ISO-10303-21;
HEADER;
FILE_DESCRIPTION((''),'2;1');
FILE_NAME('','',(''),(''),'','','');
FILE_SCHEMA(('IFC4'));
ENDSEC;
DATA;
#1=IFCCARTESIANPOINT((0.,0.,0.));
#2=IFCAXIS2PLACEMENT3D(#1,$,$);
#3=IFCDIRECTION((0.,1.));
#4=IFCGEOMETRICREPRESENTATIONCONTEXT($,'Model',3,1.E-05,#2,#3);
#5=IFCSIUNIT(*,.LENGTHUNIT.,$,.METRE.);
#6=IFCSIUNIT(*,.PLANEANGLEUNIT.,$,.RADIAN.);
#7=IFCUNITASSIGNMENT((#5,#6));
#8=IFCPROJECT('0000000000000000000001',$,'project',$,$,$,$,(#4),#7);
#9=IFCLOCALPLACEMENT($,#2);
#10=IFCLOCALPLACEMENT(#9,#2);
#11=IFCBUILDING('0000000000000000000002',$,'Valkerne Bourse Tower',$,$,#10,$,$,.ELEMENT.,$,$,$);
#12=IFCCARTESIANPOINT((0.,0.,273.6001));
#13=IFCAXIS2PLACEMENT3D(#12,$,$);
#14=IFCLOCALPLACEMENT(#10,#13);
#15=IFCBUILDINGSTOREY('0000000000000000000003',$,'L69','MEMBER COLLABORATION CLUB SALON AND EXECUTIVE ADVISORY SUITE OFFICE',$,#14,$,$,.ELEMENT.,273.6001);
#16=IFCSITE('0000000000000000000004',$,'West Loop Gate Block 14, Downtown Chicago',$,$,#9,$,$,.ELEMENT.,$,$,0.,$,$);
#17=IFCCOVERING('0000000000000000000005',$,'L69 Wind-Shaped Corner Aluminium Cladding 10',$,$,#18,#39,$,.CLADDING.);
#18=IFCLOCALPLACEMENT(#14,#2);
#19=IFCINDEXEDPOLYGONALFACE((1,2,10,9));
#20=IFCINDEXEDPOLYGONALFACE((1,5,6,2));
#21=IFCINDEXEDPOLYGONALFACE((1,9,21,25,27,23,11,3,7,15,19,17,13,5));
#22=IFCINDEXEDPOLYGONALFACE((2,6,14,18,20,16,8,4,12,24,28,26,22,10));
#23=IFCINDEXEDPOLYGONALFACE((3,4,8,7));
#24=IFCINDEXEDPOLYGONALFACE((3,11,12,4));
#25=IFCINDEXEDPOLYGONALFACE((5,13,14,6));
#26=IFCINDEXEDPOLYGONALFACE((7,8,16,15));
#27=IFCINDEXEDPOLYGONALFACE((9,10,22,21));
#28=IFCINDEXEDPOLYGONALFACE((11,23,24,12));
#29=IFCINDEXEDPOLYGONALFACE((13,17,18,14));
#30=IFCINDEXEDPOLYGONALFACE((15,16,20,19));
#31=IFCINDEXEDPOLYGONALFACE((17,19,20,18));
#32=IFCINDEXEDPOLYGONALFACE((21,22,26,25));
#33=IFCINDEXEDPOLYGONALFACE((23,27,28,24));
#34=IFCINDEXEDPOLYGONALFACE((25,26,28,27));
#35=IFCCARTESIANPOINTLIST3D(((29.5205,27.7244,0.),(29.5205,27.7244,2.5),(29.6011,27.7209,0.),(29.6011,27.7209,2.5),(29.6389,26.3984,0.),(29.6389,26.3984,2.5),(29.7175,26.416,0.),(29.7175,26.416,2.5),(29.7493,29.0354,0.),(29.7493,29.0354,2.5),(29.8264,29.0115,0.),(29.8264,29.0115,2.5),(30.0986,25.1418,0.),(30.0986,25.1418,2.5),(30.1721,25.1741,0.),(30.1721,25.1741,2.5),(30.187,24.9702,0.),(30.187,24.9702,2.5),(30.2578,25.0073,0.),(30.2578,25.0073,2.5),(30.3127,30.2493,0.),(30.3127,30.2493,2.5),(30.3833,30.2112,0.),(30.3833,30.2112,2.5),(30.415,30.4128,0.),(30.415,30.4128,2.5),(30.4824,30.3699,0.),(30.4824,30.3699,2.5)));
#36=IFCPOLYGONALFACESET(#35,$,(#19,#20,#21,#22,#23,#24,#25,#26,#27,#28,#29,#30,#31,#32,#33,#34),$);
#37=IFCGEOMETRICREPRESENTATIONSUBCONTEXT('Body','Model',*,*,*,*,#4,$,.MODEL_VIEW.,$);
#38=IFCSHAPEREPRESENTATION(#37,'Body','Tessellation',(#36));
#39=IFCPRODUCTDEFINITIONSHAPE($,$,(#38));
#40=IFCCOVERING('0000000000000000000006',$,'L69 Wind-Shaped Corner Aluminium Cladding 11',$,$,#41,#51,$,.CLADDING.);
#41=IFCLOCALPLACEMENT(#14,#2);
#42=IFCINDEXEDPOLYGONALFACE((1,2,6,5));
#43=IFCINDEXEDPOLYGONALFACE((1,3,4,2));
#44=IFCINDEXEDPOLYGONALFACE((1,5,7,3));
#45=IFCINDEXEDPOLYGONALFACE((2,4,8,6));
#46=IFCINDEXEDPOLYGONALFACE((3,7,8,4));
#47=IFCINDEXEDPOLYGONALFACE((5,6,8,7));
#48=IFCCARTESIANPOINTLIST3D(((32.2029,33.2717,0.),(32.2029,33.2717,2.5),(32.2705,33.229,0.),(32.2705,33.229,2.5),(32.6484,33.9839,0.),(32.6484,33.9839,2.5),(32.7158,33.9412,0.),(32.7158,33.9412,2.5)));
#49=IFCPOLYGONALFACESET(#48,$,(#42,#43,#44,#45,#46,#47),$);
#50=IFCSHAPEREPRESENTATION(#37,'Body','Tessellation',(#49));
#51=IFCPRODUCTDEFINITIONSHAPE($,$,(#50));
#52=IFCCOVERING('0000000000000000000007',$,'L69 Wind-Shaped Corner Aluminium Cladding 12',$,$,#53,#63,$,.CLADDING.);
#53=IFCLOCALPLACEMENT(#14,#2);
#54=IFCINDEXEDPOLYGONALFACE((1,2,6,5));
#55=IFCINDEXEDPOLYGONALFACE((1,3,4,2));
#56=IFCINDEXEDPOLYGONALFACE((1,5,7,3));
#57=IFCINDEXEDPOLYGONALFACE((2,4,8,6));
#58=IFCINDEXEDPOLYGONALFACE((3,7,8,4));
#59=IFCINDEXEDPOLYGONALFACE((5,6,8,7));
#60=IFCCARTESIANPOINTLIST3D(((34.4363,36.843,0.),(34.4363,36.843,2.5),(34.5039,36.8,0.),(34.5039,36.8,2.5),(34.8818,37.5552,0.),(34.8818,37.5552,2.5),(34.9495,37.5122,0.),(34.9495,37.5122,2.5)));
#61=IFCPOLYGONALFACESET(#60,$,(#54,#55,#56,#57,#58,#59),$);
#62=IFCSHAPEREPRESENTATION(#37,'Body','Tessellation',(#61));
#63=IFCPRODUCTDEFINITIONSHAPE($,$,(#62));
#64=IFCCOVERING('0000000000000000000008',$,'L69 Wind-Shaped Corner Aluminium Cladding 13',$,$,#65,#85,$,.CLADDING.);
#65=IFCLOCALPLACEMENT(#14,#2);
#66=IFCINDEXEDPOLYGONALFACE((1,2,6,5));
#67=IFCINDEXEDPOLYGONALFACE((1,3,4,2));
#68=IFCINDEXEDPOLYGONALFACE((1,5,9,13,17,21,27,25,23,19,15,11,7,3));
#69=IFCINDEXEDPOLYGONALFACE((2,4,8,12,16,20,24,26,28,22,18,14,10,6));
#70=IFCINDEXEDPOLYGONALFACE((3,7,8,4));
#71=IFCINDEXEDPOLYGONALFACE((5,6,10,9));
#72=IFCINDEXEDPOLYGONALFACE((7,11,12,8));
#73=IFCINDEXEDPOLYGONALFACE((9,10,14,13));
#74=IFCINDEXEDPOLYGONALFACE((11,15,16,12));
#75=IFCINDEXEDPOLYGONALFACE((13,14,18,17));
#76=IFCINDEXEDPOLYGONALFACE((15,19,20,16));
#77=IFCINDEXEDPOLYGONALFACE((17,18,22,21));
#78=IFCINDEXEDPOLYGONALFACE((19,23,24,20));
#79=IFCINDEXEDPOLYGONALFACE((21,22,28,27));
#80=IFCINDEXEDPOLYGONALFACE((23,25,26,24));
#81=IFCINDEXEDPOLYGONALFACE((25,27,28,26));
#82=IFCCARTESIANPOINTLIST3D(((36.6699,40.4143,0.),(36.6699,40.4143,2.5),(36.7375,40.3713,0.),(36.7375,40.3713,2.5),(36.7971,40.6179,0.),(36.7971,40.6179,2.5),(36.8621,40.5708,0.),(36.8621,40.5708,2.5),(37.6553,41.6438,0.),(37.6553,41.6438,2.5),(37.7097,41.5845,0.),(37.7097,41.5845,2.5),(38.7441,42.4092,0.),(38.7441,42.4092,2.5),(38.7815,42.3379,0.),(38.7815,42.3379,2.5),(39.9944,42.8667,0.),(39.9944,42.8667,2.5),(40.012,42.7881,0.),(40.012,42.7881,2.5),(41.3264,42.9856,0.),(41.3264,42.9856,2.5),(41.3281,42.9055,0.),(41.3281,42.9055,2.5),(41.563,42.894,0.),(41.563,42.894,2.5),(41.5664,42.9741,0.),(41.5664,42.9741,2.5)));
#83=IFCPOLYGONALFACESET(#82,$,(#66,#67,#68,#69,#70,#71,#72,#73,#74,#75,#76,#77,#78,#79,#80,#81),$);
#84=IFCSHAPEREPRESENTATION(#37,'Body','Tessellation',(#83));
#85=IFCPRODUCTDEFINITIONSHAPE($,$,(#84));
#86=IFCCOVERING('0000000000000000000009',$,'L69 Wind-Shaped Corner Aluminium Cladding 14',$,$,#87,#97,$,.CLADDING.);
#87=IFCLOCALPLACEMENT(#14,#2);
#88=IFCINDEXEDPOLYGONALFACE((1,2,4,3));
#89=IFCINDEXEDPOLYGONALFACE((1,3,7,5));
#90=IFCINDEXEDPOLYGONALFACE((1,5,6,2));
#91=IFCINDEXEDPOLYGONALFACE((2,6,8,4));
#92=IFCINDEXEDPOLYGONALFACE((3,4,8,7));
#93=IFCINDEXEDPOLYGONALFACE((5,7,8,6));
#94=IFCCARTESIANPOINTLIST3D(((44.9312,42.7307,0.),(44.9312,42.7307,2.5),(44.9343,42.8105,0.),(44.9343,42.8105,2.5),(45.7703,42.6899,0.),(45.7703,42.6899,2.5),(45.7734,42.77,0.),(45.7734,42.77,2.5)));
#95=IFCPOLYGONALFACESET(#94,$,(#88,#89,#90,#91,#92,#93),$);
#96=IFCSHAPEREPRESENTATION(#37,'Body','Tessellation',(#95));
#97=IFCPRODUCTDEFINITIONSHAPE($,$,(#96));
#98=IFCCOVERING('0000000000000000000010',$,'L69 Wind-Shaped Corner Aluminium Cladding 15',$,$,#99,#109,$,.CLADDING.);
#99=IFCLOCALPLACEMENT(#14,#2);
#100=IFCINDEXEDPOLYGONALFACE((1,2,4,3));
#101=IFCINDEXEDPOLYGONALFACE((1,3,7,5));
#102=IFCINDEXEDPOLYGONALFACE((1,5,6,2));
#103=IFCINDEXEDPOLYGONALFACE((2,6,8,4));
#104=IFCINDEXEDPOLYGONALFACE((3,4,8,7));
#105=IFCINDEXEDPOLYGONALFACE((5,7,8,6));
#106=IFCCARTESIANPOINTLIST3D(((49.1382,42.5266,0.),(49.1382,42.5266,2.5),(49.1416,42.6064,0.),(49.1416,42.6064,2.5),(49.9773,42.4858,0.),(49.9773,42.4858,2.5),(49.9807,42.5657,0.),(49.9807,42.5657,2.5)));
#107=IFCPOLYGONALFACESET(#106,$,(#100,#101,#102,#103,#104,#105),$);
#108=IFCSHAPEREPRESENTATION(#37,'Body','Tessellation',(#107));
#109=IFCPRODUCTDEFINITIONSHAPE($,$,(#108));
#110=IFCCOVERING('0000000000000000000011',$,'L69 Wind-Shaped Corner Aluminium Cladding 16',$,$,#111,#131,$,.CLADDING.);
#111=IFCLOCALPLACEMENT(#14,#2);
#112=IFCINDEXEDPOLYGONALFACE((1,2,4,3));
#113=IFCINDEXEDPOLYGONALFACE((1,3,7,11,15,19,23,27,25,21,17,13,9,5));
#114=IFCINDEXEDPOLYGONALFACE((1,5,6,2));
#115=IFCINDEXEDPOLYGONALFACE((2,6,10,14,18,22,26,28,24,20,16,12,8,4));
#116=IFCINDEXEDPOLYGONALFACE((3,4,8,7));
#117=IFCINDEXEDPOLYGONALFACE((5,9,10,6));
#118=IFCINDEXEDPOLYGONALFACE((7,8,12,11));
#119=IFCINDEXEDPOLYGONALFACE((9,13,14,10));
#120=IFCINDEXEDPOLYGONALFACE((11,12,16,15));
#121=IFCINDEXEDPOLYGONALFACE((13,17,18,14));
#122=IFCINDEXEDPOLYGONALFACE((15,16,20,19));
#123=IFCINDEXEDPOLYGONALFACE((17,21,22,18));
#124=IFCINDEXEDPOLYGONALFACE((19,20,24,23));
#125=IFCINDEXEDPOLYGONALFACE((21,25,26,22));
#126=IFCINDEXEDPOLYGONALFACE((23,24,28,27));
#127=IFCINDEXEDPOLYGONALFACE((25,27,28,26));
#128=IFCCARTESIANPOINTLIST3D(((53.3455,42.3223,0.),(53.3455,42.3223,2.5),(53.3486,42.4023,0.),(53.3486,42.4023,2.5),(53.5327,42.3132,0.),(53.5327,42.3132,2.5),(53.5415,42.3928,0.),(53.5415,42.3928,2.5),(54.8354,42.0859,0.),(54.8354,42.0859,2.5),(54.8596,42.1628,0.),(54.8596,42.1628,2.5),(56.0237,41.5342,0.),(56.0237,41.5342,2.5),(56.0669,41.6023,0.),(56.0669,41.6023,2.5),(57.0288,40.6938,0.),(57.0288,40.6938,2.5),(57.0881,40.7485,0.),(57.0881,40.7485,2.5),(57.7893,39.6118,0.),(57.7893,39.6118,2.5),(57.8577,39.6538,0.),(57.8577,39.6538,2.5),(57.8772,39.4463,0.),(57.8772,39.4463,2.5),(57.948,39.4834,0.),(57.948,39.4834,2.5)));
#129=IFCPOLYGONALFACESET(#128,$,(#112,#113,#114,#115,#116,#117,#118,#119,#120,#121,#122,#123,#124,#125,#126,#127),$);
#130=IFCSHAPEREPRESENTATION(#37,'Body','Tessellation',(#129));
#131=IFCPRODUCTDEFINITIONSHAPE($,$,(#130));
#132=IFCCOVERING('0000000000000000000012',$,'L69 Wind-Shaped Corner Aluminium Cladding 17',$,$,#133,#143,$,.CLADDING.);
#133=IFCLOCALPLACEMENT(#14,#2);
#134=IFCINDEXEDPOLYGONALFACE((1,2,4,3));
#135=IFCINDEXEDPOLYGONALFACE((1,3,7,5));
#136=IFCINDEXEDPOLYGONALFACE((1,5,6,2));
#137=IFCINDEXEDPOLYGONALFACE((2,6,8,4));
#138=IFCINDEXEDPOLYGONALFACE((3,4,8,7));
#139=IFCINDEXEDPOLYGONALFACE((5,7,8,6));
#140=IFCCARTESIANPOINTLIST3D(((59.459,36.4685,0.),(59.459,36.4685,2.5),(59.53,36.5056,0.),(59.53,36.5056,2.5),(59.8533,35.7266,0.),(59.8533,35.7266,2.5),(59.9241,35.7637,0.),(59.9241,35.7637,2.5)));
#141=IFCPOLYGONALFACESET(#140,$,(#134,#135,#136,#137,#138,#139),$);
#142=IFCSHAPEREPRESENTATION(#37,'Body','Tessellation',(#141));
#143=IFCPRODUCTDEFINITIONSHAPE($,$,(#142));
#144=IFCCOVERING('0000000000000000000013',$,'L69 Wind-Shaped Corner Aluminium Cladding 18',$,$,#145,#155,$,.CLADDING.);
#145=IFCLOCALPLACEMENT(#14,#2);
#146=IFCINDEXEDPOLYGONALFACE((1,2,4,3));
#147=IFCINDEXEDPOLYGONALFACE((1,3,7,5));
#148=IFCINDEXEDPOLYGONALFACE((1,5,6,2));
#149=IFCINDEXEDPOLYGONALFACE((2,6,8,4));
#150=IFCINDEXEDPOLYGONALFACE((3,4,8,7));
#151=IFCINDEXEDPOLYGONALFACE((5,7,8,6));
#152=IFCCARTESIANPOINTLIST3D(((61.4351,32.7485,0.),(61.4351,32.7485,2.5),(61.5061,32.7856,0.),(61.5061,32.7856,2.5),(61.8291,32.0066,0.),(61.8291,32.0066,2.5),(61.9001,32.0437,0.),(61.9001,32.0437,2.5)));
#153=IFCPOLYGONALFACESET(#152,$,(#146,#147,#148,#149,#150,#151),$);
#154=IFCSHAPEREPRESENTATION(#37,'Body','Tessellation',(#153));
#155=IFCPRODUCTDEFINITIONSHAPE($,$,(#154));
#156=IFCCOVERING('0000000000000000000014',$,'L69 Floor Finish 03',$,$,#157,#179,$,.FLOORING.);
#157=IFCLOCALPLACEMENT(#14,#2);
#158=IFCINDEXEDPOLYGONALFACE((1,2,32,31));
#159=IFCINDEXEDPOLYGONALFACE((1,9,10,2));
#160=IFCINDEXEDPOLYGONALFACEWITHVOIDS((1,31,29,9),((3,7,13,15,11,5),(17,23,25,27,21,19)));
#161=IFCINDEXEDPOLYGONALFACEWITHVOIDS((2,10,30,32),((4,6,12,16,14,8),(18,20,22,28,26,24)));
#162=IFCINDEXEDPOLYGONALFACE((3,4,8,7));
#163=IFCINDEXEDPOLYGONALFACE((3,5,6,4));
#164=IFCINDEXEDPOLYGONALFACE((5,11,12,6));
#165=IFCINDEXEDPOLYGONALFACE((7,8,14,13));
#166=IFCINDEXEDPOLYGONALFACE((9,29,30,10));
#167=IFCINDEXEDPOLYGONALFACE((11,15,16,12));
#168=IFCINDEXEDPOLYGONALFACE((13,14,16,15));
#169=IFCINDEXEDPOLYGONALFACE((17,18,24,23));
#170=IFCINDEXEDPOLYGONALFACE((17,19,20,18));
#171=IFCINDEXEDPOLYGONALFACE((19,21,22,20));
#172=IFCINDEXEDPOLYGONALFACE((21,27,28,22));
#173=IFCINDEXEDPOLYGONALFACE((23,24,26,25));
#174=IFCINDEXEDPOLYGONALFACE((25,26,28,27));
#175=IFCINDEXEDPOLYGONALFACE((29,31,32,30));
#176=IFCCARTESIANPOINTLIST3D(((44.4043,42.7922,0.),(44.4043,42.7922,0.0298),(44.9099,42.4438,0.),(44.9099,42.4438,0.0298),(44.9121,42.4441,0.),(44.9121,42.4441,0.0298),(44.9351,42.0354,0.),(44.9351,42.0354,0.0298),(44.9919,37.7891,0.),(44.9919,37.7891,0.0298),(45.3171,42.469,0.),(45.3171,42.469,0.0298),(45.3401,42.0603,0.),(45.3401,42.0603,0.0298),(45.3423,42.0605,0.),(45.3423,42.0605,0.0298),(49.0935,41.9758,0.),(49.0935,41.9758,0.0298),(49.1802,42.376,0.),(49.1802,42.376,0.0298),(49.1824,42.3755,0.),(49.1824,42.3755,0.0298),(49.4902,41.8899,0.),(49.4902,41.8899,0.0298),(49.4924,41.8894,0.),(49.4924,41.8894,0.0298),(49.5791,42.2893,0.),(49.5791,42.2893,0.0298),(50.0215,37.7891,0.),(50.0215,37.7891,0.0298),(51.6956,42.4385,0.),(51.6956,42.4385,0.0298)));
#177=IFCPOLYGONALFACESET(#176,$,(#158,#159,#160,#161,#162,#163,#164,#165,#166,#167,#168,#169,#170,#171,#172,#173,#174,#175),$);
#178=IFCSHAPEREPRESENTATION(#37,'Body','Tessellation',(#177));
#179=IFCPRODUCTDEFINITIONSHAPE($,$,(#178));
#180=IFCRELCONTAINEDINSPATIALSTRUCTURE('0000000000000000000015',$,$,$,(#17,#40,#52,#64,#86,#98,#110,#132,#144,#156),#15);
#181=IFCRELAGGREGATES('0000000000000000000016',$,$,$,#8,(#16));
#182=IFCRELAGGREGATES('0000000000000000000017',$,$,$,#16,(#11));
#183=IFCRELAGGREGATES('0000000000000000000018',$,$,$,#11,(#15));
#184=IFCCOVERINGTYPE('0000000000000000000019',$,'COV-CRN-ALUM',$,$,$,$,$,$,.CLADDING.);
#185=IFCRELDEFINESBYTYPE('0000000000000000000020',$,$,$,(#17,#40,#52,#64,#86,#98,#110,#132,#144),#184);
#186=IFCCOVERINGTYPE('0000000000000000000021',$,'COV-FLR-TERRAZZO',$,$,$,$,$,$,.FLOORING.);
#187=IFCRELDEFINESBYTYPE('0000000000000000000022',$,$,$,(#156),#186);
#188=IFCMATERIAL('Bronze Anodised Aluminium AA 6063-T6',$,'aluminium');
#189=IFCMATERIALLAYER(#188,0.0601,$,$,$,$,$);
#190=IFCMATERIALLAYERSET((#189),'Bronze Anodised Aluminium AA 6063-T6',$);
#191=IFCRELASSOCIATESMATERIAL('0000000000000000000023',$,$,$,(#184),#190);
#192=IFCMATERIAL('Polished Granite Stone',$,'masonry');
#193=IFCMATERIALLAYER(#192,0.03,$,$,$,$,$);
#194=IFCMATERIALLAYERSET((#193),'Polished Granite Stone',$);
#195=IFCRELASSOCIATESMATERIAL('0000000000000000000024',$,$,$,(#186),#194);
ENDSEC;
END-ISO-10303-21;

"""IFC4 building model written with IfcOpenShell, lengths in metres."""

from ifc_helpers import new_model, si_unit, direction, frame, origin, place, context, subcontext, project, spatial, polyline, outline, extrude, material, layer, layer_set, type_object, element, save


model = new_model("IFC4")

# Units and contexts
model_context = context("Model", 3, precision=1e-05, world=origin(), true_north=direction((0.0, 1.0)))
body_context = subcontext(model_context, "Body", "Model", "MODEL_VIEW")
ifc_project = project(units=[si_unit("LENGTHUNIT", "METRE"), si_unit("PLANEANGLEUNIT", "RADIAN")], contexts=[model_context])

# Site, building, storey
site_placement = place(None, origin())
site = spatial("IfcSite", under=ifc_project, at=site_placement, Name="West Loop Gate Block 14, Downtown Chicago", CompositionType="ELEMENT", RefElevation=0.0)
building_placement = place(site_placement, origin())
building = spatial("IfcBuilding", under=site, at=building_placement, Name="Valkerne Bourse Tower", CompositionType="ELEMENT")
storey_placement = place(building_placement, frame((0.0, 0.0, 273.6001)))
storey = spatial("IfcBuildingStorey", under=building, at=storey_placement, Name="L69", Description="MEMBER COLLABORATION CLUB SALON AND EXECUTIVE ADVISORY SUITE OFFICE", CompositionType="ELEMENT", Elevation=273.6001)

# Coverings
ifc_material_1 = material(Name="Bronze Anodised Aluminium AA 6063-T6", Category="aluminium")
ifc_layer_1 = layer(ifc_material_1, 0.0601)
ifc_layer_set_1 = layer_set([ifc_layer_1], Name="Bronze Anodised Aluminium AA 6063-T6")
covering_type_1 = type_object("IfcCoveringType", Name="COV-CRN-ALUM", PredefinedType="CLADDING", material=ifc_layer_set_1)
covering_1_placement = place(storey_placement, origin())
element("IfcCovering", 1, at=covering_1_placement, inside=storey, type_object=covering_type_1, Name="L69 Wind-Shaped Corner Aluminium Cladding 10", PredefinedType="CLADDING", context=body_context, shape_type="SweptSolid", body=[
    extrude(outline(polyline([(30.0986, 25.1418), (29.6389, 26.3984), (29.5205, 27.7244), (29.7493, 29.0354), (30.3127, 30.2493), (30.415, 30.4128), (30.4824, 30.3699), (30.3833, 30.2112), (29.8264, 29.0115), (29.6011, 27.7209), (29.7175, 26.416), (30.1721, 25.1741), (30.2578, 25.0073), (30.187, 24.9702), (30.0986, 25.1418)])), origin(), (0.0, 0.0, 1.0), 2.5),
])
covering_2_placement = place(storey_placement, origin())
element("IfcCovering", 2, at=covering_2_placement, inside=storey, type_object=covering_type_1, Name="L69 Wind-Shaped Corner Aluminium Cladding 11", PredefinedType="CLADDING", context=body_context, shape_type="SweptSolid", body=[
    extrude(outline(polyline([(32.6484, 33.9839), (32.7158, 33.9412), (32.2705, 33.229), (32.2029, 33.2717), (32.6484, 33.9839)])), origin(), (0.0, 0.0, 1.0), 2.5),
])
covering_3_placement = place(storey_placement, origin())
element("IfcCovering", 3, at=covering_3_placement, inside=storey, type_object=covering_type_1, Name="L69 Wind-Shaped Corner Aluminium Cladding 12", PredefinedType="CLADDING", context=body_context, shape_type="SweptSolid", body=[
    extrude(outline(polyline([(34.8818, 37.5552), (34.9495, 37.5122), (34.5039, 36.8), (34.4363, 36.843), (34.8818, 37.5552)])), origin(), (0.0, 0.0, 1.0), 2.5),
])
covering_4_placement = place(storey_placement, origin())
element("IfcCovering", 4, at=covering_4_placement, inside=storey, type_object=covering_type_1, Name="L69 Wind-Shaped Corner Aluminium Cladding 13", PredefinedType="CLADDING", context=body_context, shape_type="SweptSolid", body=[
    extrude(outline(polyline([(36.7971, 40.6179), (37.6553, 41.6438), (38.7441, 42.4092), (39.9944, 42.8667), (41.3264, 42.9856), (41.5664, 42.9741), (41.563, 42.894), (41.3281, 42.9055), (40.012, 42.7881), (38.7815, 42.3379), (37.7097, 41.5845), (36.8621, 40.5708), (36.7375, 40.3713), (36.6699, 40.4143), (36.7971, 40.6179)])), origin(), (0.0, 0.0, 1.0), 2.5),
])
covering_5_placement = place(storey_placement, origin())
element("IfcCovering", 5, at=covering_5_placement, inside=storey, type_object=covering_type_1, Name="L69 Wind-Shaped Corner Aluminium Cladding 14", PredefinedType="CLADDING", context=body_context, shape_type="SweptSolid", body=[
    extrude(outline(polyline([(45.7734, 42.77), (45.7703, 42.6899), (44.9312, 42.7307), (44.9343, 42.8105), (45.7734, 42.77)])), origin(), (0.0, 0.0, 1.0), 2.5),
])
covering_6_placement = place(storey_placement, origin())
element("IfcCovering", 6, at=covering_6_placement, inside=storey, type_object=covering_type_1, Name="L69 Wind-Shaped Corner Aluminium Cladding 15", PredefinedType="CLADDING", context=body_context, shape_type="SweptSolid", body=[
    extrude(outline(polyline([(49.9807, 42.5657), (49.9773, 42.4858), (49.1382, 42.5266), (49.1416, 42.6064), (49.9807, 42.5657)])), origin(), (0.0, 0.0, 1.0), 2.5),
])
covering_7_placement = place(storey_placement, origin())
element("IfcCovering", 7, at=covering_7_placement, inside=storey, type_object=covering_type_1, Name="L69 Wind-Shaped Corner Aluminium Cladding 16", PredefinedType="CLADDING", context=body_context, shape_type="SweptSolid", body=[
    extrude(outline(polyline([(53.5415, 42.3928), (54.8596, 42.1628), (56.0669, 41.6023), (57.0881, 40.7485), (57.8577, 39.6538), (57.948, 39.4834), (57.8772, 39.4463), (57.7893, 39.6118), (57.0288, 40.6938), (56.0237, 41.5342), (54.8354, 42.0859), (53.5327, 42.3132), (53.3455, 42.3223), (53.3486, 42.4023), (53.5415, 42.3928)])), origin(), (0.0, 0.0, 1.0), 2.5),
])
covering_8_placement = place(storey_placement, origin())
element("IfcCovering", 8, at=covering_8_placement, inside=storey, type_object=covering_type_1, Name="L69 Wind-Shaped Corner Aluminium Cladding 17", PredefinedType="CLADDING", context=body_context, shape_type="SweptSolid", body=[
    extrude(outline(polyline([(59.9241, 35.7637), (59.8533, 35.7266), (59.459, 36.4685), (59.53, 36.5056), (59.9241, 35.7637)])), origin(), (0.0, 0.0, 1.0), 2.5),
])
covering_9_placement = place(storey_placement, origin())
element("IfcCovering", 9, at=covering_9_placement, inside=storey, type_object=covering_type_1, Name="L69 Wind-Shaped Corner Aluminium Cladding 18", PredefinedType="CLADDING", context=body_context, shape_type="SweptSolid", body=[
    extrude(outline(polyline([(61.9001, 32.0437), (61.8291, 32.0066), (61.4351, 32.7485), (61.5061, 32.7856), (61.9001, 32.0437)])), origin(), (0.0, 0.0, 1.0), 2.5),
])
ifc_material_2 = material(Name="Polished Granite Stone", Category="masonry")
ifc_layer_2 = layer(ifc_material_2, 0.03)
ifc_layer_set_2 = layer_set([ifc_layer_2], Name="Polished Granite Stone")
covering_type_2 = type_object("IfcCoveringType", Name="COV-FLR-TERRAZZO", PredefinedType="FLOORING", material=ifc_layer_set_2)
covering_10_placement = place(storey_placement, origin())
element("IfcCovering", 10, at=covering_10_placement, inside=storey, type_object=covering_type_2, Name="L69 Floor Finish 03", PredefinedType="FLOORING", context=body_context, shape_type="SweptSolid", body=[
    extrude(outline(polyline([(44.9919, 37.7891), (44.4043, 42.7922), (51.6956, 42.4385), (50.0215, 37.7891), (44.9919, 37.7891)]), holes=[polyline([(45.3401, 42.0603), (45.3423, 42.0605), (45.3171, 42.469), (44.9121, 42.4441), (44.9099, 42.4438), (44.9351, 42.0354), (45.3401, 42.0603)]), polyline([(49.5791, 42.2893), (49.1824, 42.3755), (49.1802, 42.376), (49.0935, 41.9758), (49.4902, 41.8899), (49.4924, 41.8894), (49.5791, 42.2893)])]), origin(), (0.0, 0.0, 1.0), 0.0298),
])

save(model, "model.ifc")
